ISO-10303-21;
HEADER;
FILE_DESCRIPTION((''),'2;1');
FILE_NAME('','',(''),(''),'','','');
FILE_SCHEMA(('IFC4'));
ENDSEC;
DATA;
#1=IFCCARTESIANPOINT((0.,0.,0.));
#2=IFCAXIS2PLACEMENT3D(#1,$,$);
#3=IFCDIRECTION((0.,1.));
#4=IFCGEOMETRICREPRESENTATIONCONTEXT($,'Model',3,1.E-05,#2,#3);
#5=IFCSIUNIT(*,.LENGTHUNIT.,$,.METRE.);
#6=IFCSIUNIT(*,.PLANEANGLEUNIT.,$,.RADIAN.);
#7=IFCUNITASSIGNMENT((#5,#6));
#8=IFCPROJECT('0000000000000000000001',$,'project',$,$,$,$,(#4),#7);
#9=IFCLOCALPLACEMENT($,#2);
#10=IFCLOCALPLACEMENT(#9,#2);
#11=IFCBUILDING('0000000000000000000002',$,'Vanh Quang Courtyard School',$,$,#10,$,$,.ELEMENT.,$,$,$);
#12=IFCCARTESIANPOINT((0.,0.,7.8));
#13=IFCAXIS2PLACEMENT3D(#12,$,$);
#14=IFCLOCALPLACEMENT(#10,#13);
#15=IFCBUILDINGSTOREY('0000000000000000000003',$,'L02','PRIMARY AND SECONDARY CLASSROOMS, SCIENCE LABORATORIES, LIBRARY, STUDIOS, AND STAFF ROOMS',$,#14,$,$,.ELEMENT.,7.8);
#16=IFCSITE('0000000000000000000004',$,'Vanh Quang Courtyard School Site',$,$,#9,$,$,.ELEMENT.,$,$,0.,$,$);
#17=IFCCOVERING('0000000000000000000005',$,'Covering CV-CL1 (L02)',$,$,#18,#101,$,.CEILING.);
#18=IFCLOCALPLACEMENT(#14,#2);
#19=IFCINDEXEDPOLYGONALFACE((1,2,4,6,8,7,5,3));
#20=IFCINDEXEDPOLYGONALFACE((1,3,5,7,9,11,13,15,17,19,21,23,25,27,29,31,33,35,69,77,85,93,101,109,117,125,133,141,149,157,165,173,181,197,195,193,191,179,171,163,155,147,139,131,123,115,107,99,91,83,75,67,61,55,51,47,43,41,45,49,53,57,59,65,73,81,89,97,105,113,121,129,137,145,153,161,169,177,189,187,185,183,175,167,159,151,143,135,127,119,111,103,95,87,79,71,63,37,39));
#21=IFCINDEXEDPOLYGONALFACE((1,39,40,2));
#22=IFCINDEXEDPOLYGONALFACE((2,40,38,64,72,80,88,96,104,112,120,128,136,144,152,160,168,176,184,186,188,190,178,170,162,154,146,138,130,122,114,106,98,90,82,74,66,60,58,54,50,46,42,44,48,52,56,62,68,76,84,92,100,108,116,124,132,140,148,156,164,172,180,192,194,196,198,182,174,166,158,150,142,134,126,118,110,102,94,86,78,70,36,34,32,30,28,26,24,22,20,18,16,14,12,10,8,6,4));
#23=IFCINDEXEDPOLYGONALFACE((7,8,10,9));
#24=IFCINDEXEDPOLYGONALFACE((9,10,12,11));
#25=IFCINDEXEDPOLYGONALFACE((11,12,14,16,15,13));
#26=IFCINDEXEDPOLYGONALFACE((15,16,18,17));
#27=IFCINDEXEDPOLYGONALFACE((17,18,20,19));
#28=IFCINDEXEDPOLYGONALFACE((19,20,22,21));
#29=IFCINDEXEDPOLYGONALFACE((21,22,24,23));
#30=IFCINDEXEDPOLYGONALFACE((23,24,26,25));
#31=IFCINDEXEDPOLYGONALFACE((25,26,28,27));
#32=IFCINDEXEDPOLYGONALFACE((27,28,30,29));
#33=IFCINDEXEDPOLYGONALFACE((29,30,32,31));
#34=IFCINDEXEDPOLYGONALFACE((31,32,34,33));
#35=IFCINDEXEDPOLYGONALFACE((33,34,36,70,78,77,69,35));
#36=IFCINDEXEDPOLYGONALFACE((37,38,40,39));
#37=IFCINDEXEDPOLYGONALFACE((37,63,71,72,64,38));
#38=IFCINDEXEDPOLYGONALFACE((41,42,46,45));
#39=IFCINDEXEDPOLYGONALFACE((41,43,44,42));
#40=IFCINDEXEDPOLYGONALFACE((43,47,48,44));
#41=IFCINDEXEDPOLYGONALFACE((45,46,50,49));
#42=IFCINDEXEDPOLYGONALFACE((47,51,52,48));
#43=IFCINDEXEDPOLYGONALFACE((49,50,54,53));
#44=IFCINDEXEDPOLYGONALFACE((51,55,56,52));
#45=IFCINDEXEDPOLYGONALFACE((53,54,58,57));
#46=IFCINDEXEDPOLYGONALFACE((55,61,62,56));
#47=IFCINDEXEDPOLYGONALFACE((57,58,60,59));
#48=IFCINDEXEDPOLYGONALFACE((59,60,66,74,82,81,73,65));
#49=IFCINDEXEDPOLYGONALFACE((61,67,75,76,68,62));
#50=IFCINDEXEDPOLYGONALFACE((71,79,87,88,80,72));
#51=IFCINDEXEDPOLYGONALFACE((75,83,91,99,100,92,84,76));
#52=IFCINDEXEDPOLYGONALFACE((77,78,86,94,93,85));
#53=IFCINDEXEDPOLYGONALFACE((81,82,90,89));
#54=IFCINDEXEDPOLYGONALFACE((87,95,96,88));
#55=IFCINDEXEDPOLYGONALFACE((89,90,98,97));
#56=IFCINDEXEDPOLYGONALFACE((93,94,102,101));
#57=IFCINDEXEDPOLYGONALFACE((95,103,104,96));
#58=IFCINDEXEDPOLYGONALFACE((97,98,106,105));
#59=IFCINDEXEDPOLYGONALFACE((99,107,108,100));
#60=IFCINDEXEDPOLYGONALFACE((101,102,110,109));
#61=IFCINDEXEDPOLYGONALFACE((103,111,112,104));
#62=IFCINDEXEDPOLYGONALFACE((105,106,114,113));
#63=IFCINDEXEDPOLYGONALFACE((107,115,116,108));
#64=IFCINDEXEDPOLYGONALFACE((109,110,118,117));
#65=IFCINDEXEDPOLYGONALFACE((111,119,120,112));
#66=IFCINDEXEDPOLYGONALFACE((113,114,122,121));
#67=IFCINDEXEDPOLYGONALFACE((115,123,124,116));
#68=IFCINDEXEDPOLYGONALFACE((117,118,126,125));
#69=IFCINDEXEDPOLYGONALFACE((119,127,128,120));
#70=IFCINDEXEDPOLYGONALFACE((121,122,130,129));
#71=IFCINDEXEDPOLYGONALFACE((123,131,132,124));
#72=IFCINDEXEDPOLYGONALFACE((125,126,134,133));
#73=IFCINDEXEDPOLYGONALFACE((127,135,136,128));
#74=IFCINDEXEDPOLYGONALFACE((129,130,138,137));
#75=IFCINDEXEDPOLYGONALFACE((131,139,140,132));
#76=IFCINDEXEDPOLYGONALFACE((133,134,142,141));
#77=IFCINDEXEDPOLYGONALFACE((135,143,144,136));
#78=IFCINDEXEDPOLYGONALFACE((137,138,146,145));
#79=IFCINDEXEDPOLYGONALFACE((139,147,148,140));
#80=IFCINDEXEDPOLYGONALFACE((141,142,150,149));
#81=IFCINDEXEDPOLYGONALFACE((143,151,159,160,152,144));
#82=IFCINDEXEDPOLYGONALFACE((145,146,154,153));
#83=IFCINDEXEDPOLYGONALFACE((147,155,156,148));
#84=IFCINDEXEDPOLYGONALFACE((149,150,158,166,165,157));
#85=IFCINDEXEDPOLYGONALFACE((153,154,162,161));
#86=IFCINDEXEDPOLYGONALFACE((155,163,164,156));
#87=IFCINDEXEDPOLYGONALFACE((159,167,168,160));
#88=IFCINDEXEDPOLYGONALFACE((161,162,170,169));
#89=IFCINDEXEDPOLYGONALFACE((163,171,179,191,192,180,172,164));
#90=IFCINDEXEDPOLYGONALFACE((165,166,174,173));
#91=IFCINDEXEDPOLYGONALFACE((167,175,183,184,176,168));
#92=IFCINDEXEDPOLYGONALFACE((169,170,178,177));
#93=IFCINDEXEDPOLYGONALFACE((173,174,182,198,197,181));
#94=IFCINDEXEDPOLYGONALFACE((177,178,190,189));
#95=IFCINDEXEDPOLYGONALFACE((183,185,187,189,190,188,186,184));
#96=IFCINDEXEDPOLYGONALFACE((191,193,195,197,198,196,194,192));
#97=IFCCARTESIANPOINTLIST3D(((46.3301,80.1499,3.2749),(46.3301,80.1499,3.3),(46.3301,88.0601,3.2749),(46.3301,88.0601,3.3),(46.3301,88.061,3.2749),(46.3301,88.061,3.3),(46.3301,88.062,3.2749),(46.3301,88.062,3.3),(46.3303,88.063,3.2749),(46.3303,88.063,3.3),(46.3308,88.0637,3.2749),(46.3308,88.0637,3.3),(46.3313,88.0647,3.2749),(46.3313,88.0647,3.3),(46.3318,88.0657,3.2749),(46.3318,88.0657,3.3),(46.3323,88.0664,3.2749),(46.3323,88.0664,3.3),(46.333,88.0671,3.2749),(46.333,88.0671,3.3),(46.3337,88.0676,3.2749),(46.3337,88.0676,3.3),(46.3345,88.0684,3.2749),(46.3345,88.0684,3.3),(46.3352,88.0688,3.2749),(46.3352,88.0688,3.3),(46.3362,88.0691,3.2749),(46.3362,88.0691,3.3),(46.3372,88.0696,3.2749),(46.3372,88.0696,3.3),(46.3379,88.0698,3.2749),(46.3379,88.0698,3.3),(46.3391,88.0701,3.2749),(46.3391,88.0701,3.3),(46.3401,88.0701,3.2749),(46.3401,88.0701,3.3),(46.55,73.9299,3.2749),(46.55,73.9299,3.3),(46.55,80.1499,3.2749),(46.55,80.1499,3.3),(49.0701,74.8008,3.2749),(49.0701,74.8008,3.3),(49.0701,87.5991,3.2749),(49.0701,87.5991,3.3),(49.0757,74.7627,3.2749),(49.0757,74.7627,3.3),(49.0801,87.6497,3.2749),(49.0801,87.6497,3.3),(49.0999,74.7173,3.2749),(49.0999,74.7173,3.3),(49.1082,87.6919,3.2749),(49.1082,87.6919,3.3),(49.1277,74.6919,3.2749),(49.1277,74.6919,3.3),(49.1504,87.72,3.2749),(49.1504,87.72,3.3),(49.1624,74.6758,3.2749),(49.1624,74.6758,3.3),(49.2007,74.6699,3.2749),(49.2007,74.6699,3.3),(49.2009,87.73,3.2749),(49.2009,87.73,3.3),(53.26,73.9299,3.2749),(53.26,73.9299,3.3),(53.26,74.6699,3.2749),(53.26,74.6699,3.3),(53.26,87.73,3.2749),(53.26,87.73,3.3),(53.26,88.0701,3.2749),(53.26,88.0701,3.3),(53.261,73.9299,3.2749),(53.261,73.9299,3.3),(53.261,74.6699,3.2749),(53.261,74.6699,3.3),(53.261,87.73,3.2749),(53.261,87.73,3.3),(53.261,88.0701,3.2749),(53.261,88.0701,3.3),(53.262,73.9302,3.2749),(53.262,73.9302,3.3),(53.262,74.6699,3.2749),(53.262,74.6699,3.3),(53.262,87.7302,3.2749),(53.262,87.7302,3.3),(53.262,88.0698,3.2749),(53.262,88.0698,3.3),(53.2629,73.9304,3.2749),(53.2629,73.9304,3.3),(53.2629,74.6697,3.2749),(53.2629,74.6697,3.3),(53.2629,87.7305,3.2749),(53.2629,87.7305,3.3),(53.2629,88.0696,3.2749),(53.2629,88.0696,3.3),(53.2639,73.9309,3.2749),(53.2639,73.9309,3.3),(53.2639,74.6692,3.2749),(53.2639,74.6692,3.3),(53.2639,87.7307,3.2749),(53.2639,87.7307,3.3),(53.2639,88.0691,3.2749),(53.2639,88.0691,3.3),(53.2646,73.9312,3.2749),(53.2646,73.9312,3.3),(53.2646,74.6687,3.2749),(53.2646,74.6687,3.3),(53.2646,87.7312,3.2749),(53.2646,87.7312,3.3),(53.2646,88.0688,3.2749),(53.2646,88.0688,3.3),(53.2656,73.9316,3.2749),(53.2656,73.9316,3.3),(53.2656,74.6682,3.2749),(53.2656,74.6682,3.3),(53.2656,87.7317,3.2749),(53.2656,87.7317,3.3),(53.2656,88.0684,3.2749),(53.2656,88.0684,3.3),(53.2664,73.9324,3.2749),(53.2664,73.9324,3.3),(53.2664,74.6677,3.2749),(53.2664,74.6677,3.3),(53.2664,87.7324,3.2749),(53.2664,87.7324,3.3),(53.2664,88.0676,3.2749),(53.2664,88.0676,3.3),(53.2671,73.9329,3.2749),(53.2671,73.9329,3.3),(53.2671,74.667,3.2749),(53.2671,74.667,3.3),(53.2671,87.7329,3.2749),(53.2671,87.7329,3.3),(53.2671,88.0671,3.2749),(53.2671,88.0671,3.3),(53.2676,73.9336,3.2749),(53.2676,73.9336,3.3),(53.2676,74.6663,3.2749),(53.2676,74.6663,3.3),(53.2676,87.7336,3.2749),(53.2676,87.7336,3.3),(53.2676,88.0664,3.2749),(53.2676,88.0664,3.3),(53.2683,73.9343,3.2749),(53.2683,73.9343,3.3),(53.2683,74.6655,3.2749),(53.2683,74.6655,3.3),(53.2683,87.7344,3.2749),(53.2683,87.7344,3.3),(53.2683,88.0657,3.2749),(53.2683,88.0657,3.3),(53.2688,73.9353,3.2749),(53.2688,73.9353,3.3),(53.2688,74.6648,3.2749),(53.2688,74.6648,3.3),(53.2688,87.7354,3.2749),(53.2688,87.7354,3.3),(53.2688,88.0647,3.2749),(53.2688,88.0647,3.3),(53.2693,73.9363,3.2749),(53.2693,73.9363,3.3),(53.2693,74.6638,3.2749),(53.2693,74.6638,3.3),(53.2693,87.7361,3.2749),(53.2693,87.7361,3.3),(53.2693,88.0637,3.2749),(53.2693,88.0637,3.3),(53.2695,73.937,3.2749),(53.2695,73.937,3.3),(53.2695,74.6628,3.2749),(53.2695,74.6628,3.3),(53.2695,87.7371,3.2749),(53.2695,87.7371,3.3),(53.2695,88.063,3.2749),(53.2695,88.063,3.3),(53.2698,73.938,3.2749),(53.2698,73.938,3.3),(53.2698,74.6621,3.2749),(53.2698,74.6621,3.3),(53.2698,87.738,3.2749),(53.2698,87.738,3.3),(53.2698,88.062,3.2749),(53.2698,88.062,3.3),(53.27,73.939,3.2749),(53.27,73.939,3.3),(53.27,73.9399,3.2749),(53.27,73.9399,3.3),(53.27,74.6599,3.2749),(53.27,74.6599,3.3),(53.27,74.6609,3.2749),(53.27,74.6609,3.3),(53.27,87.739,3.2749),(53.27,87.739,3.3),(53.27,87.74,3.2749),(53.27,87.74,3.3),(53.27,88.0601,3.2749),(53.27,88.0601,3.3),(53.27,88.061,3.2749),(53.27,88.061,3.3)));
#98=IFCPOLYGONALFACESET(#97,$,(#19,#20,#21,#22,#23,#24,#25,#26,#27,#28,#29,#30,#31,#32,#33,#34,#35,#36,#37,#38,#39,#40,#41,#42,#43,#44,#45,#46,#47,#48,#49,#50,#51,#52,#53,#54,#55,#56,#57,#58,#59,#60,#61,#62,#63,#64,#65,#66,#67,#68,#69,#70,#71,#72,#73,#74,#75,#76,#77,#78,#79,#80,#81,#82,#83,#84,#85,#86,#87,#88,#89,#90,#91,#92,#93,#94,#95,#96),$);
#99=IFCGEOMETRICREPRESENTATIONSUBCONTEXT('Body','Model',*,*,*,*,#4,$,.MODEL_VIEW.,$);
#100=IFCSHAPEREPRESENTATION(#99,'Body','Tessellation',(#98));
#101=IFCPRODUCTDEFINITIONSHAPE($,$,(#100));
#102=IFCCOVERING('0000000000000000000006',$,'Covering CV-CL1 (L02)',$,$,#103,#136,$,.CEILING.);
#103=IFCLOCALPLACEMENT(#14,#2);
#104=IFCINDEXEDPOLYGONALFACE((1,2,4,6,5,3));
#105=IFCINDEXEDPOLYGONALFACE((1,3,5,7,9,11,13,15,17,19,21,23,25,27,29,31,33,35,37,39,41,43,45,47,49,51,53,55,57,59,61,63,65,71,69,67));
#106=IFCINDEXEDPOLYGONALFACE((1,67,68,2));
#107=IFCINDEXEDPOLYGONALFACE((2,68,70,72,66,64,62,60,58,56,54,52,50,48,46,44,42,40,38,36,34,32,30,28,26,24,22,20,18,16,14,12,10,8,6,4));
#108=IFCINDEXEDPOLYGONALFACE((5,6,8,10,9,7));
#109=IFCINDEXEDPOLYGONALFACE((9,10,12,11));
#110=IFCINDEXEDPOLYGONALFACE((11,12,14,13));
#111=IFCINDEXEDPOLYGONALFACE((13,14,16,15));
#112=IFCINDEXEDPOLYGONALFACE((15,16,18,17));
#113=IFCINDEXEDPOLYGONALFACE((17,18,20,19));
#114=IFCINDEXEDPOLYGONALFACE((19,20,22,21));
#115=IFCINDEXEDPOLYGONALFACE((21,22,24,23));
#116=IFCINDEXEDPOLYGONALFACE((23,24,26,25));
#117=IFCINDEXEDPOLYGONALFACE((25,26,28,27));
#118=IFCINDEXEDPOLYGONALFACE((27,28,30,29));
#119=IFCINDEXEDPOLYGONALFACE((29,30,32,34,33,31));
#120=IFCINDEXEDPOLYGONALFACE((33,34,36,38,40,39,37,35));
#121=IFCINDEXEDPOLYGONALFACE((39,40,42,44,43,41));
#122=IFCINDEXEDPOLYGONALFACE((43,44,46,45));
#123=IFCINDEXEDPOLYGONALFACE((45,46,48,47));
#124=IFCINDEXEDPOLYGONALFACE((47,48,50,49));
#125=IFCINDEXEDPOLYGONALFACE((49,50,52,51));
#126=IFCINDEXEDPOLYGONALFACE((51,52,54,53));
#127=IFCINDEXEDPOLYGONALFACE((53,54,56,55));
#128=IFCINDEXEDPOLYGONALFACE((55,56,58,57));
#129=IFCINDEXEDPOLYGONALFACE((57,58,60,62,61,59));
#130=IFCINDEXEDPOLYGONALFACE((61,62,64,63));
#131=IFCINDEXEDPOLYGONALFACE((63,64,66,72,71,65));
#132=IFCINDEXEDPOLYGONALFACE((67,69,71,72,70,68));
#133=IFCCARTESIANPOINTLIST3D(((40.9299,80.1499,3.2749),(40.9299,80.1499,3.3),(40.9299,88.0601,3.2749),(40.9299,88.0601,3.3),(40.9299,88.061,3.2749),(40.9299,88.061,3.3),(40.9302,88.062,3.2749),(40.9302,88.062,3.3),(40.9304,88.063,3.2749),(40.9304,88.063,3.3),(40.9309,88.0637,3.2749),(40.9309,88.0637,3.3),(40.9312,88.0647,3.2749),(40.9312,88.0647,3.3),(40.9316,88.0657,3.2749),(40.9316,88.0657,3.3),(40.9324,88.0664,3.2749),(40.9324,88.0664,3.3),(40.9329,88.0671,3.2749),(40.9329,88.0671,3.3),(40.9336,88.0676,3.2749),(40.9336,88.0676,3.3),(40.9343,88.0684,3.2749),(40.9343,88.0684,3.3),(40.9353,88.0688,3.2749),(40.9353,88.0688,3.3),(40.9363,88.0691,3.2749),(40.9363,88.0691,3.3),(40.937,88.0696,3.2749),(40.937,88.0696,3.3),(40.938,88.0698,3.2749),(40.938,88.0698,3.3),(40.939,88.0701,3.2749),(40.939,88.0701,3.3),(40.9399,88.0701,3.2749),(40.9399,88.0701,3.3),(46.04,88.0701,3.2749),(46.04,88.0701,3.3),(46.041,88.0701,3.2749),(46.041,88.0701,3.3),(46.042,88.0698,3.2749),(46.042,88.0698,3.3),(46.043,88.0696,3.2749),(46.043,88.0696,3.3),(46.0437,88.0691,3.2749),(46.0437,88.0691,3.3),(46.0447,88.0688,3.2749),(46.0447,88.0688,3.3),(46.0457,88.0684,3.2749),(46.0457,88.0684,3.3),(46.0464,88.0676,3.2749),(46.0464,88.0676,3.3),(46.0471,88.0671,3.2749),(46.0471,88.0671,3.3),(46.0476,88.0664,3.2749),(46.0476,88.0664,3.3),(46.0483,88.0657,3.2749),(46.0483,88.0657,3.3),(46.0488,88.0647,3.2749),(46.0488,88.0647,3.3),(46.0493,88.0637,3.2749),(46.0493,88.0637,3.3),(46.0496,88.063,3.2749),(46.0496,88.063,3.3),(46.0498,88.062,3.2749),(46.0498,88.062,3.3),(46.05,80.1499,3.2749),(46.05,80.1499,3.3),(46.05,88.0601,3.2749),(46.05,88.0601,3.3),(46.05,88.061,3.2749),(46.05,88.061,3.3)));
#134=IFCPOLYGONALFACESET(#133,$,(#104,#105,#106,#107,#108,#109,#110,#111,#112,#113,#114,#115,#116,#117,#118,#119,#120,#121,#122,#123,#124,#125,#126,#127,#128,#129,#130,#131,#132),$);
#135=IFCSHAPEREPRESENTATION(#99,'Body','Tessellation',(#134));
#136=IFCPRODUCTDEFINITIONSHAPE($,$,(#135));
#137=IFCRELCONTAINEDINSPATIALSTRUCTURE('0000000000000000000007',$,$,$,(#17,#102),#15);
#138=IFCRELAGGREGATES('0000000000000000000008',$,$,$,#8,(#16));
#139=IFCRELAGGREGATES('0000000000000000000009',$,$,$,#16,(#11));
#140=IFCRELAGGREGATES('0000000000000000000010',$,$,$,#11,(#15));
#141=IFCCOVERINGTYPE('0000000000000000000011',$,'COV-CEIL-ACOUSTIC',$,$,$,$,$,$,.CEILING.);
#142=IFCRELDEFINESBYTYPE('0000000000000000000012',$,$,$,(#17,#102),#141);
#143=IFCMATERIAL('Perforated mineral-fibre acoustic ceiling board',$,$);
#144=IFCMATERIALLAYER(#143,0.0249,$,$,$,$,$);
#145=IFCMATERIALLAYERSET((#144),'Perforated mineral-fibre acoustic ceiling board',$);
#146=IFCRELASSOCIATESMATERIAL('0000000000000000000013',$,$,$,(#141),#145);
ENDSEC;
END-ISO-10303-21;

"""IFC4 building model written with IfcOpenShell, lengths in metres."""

from ifc_helpers import new_model, si_unit, direction, frame, origin, place, context, subcontext, project, spatial, polyline, outline, extrude, material, layer, layer_set, type_object, element, save


model = new_model("IFC4")

# Units and contexts
model_context = context("Model", 3, precision=1e-05, world=origin(), true_north=direction((0.0, 1.0)))
body_context = subcontext(model_context, "Body", "Model", "MODEL_VIEW")
ifc_project = project(units=[si_unit("LENGTHUNIT", "METRE"), si_unit("PLANEANGLEUNIT", "RADIAN")], contexts=[model_context])

# Site, building, storey
site_placement = place(None, origin())
site = spatial("IfcSite", under=ifc_project, at=site_placement, Name="Vanh Quang Courtyard School Site", CompositionType="ELEMENT", RefElevation=0.0)
building_placement = place(site_placement, origin())
building = spatial("IfcBuilding", under=site, at=building_placement, Name="Vanh Quang Courtyard School", CompositionType="ELEMENT")
storey_placement = place(building_placement, frame((0.0, 0.0, 7.8)))
storey = spatial("IfcBuildingStorey", under=building, at=storey_placement, Name="L02", Description="PRIMARY AND SECONDARY CLASSROOMS, SCIENCE LABORATORIES, LIBRARY, STUDIOS, AND STAFF ROOMS", CompositionType="ELEMENT", Elevation=7.8)

# Coverings
ifc_material_1 = material(Name="Perforated mineral-fibre acoustic ceiling board")
ifc_layer_1 = layer(ifc_material_1, 0.0249)
ifc_layer_set_1 = layer_set([ifc_layer_1], Name="Perforated mineral-fibre acoustic ceiling board")
covering_type_1 = type_object("IfcCoveringType", Name="COV-CEIL-ACOUSTIC", PredefinedType="CEILING", material=ifc_layer_set_1)
covering_1_placement = place(storey_placement, frame((0.0, 0.0, 3.2749)))
element("IfcCovering", 1, at=covering_1_placement, inside=storey, type_object=covering_type_1, Name="Covering CV-CL1 (L02)", PredefinedType="CEILING", context=body_context, shape_type="SweptSolid", body=[
    extrude(outline(polyline([(53.27, 87.74), (53.27, 87.739), (53.2698, 87.738), (53.2695, 87.7371), (53.2693, 87.7361), (53.2688, 87.7354), (53.2683, 87.7344), (53.2676, 87.7336), (53.2671, 87.7329), (53.2664, 87.7324), (53.2656, 87.7317), (53.2646, 87.7312), (53.2639, 87.7307), (53.2629, 87.7305), (53.262, 87.7302), (53.261, 87.73), (53.26, 87.73), (49.2009, 87.73), (49.1504, 87.72), (49.1082, 87.6919), (49.0801, 87.6497), (49.0701, 87.5991), (49.0701, 74.8008), (49.0757, 74.7627), (49.0999, 74.7173), (49.1277, 74.6919), (49.1624, 74.6758), (49.2007, 74.6699), (53.26, 74.6699), (53.261, 74.6699), (53.262, 74.6699), (53.2629, 74.6697), (53.2639, 74.6692), (53.2646, 74.6687), (53.2656, 74.6682), (53.2664, 74.6677), (53.2671, 74.667), (53.2676, 74.6663), (53.2683, 74.6655), (53.2688, 74.6648), (53.2693, 74.6638), (53.2695, 74.6628), (53.2698, 74.6621), (53.27, 74.6609), (53.27, 74.6599), (53.27, 73.9399), (53.27, 73.939), (53.2698, 73.938), (53.2695, 73.937), (53.2693, 73.9363), (53.2688, 73.9353), (53.2683, 73.9343), (53.2676, 73.9336), (53.2671, 73.9329), (53.2664, 73.9324), (53.2656, 73.9316), (53.2646, 73.9312), (53.2639, 73.9309), (53.2629, 73.9304), (53.262, 73.9302), (53.261, 73.9299), (53.26, 73.9299), (46.55, 73.9299), (46.55, 80.1499), (46.3301, 80.1499), (46.3301, 88.0601), (46.3301, 88.061), (46.3301, 88.062), (46.3303, 88.063), (46.3308, 88.0637), (46.3313, 88.0647), (46.3318, 88.0657), (46.3323, 88.0664), (46.333, 88.0671), (46.3337, 88.0676), (46.3345, 88.0684), (46.3352, 88.0688), (46.3362, 88.0691), (46.3372, 88.0696), (46.3379, 88.0698), (46.3391, 88.0701), (46.3401, 88.0701), (53.26, 88.0701), (53.261, 88.0701), (53.262, 88.0698), (53.2629, 88.0696), (53.2639, 88.0691), (53.2646, 88.0688), (53.2656, 88.0684), (53.2664, 88.0676), (53.2671, 88.0671), (53.2676, 88.0664), (53.2683, 88.0657), (53.2688, 88.0647), (53.2693, 88.0637), (53.2695, 88.063), (53.2698, 88.062), (53.27, 88.061), (53.27, 88.0601), (53.27, 87.74)])), origin(), (0.0, 0.0, 1.0), 0.0251),
])
covering_2_placement = place(storey_placement, frame((0.0, 0.0, 3.2749)))
element("IfcCovering", 2, at=covering_2_placement, inside=storey, type_object=covering_type_1, Name="Covering CV-CL1 (L02)", PredefinedType="CEILING", context=body_context, shape_type="SweptSolid", body=[
    extrude(outline(polyline([(40.9299, 88.0601), (40.9299, 88.061), (40.9302, 88.062), (40.9304, 88.063), (40.9309, 88.0637), (40.9312, 88.0647), (40.9316, 88.0657), (40.9324, 88.0664), (40.9329, 88.0671), (40.9336, 88.0676), (40.9343, 88.0684), (40.9353, 88.0688), (40.9363, 88.0691), (40.937, 88.0696), (40.938, 88.0698), (40.939, 88.0701), (40.9399, 88.0701), (46.04, 88.0701), (46.041, 88.0701), (46.042, 88.0698), (46.043, 88.0696), (46.0437, 88.0691), (46.0447, 88.0688), (46.0457, 88.0684), (46.0464, 88.0676), (46.0471, 88.0671), (46.0476, 88.0664), (46.0483, 88.0657), (46.0488, 88.0647), (46.0493, 88.0637), (46.0496, 88.063), (46.0498, 88.062), (46.05, 88.061), (46.05, 88.0601), (46.05, 80.1499), (40.9299, 80.1499), (40.9299, 88.0601)])), origin(), (0.0, 0.0, 1.0), 0.0251),
])

save(model, "model.ifc")
